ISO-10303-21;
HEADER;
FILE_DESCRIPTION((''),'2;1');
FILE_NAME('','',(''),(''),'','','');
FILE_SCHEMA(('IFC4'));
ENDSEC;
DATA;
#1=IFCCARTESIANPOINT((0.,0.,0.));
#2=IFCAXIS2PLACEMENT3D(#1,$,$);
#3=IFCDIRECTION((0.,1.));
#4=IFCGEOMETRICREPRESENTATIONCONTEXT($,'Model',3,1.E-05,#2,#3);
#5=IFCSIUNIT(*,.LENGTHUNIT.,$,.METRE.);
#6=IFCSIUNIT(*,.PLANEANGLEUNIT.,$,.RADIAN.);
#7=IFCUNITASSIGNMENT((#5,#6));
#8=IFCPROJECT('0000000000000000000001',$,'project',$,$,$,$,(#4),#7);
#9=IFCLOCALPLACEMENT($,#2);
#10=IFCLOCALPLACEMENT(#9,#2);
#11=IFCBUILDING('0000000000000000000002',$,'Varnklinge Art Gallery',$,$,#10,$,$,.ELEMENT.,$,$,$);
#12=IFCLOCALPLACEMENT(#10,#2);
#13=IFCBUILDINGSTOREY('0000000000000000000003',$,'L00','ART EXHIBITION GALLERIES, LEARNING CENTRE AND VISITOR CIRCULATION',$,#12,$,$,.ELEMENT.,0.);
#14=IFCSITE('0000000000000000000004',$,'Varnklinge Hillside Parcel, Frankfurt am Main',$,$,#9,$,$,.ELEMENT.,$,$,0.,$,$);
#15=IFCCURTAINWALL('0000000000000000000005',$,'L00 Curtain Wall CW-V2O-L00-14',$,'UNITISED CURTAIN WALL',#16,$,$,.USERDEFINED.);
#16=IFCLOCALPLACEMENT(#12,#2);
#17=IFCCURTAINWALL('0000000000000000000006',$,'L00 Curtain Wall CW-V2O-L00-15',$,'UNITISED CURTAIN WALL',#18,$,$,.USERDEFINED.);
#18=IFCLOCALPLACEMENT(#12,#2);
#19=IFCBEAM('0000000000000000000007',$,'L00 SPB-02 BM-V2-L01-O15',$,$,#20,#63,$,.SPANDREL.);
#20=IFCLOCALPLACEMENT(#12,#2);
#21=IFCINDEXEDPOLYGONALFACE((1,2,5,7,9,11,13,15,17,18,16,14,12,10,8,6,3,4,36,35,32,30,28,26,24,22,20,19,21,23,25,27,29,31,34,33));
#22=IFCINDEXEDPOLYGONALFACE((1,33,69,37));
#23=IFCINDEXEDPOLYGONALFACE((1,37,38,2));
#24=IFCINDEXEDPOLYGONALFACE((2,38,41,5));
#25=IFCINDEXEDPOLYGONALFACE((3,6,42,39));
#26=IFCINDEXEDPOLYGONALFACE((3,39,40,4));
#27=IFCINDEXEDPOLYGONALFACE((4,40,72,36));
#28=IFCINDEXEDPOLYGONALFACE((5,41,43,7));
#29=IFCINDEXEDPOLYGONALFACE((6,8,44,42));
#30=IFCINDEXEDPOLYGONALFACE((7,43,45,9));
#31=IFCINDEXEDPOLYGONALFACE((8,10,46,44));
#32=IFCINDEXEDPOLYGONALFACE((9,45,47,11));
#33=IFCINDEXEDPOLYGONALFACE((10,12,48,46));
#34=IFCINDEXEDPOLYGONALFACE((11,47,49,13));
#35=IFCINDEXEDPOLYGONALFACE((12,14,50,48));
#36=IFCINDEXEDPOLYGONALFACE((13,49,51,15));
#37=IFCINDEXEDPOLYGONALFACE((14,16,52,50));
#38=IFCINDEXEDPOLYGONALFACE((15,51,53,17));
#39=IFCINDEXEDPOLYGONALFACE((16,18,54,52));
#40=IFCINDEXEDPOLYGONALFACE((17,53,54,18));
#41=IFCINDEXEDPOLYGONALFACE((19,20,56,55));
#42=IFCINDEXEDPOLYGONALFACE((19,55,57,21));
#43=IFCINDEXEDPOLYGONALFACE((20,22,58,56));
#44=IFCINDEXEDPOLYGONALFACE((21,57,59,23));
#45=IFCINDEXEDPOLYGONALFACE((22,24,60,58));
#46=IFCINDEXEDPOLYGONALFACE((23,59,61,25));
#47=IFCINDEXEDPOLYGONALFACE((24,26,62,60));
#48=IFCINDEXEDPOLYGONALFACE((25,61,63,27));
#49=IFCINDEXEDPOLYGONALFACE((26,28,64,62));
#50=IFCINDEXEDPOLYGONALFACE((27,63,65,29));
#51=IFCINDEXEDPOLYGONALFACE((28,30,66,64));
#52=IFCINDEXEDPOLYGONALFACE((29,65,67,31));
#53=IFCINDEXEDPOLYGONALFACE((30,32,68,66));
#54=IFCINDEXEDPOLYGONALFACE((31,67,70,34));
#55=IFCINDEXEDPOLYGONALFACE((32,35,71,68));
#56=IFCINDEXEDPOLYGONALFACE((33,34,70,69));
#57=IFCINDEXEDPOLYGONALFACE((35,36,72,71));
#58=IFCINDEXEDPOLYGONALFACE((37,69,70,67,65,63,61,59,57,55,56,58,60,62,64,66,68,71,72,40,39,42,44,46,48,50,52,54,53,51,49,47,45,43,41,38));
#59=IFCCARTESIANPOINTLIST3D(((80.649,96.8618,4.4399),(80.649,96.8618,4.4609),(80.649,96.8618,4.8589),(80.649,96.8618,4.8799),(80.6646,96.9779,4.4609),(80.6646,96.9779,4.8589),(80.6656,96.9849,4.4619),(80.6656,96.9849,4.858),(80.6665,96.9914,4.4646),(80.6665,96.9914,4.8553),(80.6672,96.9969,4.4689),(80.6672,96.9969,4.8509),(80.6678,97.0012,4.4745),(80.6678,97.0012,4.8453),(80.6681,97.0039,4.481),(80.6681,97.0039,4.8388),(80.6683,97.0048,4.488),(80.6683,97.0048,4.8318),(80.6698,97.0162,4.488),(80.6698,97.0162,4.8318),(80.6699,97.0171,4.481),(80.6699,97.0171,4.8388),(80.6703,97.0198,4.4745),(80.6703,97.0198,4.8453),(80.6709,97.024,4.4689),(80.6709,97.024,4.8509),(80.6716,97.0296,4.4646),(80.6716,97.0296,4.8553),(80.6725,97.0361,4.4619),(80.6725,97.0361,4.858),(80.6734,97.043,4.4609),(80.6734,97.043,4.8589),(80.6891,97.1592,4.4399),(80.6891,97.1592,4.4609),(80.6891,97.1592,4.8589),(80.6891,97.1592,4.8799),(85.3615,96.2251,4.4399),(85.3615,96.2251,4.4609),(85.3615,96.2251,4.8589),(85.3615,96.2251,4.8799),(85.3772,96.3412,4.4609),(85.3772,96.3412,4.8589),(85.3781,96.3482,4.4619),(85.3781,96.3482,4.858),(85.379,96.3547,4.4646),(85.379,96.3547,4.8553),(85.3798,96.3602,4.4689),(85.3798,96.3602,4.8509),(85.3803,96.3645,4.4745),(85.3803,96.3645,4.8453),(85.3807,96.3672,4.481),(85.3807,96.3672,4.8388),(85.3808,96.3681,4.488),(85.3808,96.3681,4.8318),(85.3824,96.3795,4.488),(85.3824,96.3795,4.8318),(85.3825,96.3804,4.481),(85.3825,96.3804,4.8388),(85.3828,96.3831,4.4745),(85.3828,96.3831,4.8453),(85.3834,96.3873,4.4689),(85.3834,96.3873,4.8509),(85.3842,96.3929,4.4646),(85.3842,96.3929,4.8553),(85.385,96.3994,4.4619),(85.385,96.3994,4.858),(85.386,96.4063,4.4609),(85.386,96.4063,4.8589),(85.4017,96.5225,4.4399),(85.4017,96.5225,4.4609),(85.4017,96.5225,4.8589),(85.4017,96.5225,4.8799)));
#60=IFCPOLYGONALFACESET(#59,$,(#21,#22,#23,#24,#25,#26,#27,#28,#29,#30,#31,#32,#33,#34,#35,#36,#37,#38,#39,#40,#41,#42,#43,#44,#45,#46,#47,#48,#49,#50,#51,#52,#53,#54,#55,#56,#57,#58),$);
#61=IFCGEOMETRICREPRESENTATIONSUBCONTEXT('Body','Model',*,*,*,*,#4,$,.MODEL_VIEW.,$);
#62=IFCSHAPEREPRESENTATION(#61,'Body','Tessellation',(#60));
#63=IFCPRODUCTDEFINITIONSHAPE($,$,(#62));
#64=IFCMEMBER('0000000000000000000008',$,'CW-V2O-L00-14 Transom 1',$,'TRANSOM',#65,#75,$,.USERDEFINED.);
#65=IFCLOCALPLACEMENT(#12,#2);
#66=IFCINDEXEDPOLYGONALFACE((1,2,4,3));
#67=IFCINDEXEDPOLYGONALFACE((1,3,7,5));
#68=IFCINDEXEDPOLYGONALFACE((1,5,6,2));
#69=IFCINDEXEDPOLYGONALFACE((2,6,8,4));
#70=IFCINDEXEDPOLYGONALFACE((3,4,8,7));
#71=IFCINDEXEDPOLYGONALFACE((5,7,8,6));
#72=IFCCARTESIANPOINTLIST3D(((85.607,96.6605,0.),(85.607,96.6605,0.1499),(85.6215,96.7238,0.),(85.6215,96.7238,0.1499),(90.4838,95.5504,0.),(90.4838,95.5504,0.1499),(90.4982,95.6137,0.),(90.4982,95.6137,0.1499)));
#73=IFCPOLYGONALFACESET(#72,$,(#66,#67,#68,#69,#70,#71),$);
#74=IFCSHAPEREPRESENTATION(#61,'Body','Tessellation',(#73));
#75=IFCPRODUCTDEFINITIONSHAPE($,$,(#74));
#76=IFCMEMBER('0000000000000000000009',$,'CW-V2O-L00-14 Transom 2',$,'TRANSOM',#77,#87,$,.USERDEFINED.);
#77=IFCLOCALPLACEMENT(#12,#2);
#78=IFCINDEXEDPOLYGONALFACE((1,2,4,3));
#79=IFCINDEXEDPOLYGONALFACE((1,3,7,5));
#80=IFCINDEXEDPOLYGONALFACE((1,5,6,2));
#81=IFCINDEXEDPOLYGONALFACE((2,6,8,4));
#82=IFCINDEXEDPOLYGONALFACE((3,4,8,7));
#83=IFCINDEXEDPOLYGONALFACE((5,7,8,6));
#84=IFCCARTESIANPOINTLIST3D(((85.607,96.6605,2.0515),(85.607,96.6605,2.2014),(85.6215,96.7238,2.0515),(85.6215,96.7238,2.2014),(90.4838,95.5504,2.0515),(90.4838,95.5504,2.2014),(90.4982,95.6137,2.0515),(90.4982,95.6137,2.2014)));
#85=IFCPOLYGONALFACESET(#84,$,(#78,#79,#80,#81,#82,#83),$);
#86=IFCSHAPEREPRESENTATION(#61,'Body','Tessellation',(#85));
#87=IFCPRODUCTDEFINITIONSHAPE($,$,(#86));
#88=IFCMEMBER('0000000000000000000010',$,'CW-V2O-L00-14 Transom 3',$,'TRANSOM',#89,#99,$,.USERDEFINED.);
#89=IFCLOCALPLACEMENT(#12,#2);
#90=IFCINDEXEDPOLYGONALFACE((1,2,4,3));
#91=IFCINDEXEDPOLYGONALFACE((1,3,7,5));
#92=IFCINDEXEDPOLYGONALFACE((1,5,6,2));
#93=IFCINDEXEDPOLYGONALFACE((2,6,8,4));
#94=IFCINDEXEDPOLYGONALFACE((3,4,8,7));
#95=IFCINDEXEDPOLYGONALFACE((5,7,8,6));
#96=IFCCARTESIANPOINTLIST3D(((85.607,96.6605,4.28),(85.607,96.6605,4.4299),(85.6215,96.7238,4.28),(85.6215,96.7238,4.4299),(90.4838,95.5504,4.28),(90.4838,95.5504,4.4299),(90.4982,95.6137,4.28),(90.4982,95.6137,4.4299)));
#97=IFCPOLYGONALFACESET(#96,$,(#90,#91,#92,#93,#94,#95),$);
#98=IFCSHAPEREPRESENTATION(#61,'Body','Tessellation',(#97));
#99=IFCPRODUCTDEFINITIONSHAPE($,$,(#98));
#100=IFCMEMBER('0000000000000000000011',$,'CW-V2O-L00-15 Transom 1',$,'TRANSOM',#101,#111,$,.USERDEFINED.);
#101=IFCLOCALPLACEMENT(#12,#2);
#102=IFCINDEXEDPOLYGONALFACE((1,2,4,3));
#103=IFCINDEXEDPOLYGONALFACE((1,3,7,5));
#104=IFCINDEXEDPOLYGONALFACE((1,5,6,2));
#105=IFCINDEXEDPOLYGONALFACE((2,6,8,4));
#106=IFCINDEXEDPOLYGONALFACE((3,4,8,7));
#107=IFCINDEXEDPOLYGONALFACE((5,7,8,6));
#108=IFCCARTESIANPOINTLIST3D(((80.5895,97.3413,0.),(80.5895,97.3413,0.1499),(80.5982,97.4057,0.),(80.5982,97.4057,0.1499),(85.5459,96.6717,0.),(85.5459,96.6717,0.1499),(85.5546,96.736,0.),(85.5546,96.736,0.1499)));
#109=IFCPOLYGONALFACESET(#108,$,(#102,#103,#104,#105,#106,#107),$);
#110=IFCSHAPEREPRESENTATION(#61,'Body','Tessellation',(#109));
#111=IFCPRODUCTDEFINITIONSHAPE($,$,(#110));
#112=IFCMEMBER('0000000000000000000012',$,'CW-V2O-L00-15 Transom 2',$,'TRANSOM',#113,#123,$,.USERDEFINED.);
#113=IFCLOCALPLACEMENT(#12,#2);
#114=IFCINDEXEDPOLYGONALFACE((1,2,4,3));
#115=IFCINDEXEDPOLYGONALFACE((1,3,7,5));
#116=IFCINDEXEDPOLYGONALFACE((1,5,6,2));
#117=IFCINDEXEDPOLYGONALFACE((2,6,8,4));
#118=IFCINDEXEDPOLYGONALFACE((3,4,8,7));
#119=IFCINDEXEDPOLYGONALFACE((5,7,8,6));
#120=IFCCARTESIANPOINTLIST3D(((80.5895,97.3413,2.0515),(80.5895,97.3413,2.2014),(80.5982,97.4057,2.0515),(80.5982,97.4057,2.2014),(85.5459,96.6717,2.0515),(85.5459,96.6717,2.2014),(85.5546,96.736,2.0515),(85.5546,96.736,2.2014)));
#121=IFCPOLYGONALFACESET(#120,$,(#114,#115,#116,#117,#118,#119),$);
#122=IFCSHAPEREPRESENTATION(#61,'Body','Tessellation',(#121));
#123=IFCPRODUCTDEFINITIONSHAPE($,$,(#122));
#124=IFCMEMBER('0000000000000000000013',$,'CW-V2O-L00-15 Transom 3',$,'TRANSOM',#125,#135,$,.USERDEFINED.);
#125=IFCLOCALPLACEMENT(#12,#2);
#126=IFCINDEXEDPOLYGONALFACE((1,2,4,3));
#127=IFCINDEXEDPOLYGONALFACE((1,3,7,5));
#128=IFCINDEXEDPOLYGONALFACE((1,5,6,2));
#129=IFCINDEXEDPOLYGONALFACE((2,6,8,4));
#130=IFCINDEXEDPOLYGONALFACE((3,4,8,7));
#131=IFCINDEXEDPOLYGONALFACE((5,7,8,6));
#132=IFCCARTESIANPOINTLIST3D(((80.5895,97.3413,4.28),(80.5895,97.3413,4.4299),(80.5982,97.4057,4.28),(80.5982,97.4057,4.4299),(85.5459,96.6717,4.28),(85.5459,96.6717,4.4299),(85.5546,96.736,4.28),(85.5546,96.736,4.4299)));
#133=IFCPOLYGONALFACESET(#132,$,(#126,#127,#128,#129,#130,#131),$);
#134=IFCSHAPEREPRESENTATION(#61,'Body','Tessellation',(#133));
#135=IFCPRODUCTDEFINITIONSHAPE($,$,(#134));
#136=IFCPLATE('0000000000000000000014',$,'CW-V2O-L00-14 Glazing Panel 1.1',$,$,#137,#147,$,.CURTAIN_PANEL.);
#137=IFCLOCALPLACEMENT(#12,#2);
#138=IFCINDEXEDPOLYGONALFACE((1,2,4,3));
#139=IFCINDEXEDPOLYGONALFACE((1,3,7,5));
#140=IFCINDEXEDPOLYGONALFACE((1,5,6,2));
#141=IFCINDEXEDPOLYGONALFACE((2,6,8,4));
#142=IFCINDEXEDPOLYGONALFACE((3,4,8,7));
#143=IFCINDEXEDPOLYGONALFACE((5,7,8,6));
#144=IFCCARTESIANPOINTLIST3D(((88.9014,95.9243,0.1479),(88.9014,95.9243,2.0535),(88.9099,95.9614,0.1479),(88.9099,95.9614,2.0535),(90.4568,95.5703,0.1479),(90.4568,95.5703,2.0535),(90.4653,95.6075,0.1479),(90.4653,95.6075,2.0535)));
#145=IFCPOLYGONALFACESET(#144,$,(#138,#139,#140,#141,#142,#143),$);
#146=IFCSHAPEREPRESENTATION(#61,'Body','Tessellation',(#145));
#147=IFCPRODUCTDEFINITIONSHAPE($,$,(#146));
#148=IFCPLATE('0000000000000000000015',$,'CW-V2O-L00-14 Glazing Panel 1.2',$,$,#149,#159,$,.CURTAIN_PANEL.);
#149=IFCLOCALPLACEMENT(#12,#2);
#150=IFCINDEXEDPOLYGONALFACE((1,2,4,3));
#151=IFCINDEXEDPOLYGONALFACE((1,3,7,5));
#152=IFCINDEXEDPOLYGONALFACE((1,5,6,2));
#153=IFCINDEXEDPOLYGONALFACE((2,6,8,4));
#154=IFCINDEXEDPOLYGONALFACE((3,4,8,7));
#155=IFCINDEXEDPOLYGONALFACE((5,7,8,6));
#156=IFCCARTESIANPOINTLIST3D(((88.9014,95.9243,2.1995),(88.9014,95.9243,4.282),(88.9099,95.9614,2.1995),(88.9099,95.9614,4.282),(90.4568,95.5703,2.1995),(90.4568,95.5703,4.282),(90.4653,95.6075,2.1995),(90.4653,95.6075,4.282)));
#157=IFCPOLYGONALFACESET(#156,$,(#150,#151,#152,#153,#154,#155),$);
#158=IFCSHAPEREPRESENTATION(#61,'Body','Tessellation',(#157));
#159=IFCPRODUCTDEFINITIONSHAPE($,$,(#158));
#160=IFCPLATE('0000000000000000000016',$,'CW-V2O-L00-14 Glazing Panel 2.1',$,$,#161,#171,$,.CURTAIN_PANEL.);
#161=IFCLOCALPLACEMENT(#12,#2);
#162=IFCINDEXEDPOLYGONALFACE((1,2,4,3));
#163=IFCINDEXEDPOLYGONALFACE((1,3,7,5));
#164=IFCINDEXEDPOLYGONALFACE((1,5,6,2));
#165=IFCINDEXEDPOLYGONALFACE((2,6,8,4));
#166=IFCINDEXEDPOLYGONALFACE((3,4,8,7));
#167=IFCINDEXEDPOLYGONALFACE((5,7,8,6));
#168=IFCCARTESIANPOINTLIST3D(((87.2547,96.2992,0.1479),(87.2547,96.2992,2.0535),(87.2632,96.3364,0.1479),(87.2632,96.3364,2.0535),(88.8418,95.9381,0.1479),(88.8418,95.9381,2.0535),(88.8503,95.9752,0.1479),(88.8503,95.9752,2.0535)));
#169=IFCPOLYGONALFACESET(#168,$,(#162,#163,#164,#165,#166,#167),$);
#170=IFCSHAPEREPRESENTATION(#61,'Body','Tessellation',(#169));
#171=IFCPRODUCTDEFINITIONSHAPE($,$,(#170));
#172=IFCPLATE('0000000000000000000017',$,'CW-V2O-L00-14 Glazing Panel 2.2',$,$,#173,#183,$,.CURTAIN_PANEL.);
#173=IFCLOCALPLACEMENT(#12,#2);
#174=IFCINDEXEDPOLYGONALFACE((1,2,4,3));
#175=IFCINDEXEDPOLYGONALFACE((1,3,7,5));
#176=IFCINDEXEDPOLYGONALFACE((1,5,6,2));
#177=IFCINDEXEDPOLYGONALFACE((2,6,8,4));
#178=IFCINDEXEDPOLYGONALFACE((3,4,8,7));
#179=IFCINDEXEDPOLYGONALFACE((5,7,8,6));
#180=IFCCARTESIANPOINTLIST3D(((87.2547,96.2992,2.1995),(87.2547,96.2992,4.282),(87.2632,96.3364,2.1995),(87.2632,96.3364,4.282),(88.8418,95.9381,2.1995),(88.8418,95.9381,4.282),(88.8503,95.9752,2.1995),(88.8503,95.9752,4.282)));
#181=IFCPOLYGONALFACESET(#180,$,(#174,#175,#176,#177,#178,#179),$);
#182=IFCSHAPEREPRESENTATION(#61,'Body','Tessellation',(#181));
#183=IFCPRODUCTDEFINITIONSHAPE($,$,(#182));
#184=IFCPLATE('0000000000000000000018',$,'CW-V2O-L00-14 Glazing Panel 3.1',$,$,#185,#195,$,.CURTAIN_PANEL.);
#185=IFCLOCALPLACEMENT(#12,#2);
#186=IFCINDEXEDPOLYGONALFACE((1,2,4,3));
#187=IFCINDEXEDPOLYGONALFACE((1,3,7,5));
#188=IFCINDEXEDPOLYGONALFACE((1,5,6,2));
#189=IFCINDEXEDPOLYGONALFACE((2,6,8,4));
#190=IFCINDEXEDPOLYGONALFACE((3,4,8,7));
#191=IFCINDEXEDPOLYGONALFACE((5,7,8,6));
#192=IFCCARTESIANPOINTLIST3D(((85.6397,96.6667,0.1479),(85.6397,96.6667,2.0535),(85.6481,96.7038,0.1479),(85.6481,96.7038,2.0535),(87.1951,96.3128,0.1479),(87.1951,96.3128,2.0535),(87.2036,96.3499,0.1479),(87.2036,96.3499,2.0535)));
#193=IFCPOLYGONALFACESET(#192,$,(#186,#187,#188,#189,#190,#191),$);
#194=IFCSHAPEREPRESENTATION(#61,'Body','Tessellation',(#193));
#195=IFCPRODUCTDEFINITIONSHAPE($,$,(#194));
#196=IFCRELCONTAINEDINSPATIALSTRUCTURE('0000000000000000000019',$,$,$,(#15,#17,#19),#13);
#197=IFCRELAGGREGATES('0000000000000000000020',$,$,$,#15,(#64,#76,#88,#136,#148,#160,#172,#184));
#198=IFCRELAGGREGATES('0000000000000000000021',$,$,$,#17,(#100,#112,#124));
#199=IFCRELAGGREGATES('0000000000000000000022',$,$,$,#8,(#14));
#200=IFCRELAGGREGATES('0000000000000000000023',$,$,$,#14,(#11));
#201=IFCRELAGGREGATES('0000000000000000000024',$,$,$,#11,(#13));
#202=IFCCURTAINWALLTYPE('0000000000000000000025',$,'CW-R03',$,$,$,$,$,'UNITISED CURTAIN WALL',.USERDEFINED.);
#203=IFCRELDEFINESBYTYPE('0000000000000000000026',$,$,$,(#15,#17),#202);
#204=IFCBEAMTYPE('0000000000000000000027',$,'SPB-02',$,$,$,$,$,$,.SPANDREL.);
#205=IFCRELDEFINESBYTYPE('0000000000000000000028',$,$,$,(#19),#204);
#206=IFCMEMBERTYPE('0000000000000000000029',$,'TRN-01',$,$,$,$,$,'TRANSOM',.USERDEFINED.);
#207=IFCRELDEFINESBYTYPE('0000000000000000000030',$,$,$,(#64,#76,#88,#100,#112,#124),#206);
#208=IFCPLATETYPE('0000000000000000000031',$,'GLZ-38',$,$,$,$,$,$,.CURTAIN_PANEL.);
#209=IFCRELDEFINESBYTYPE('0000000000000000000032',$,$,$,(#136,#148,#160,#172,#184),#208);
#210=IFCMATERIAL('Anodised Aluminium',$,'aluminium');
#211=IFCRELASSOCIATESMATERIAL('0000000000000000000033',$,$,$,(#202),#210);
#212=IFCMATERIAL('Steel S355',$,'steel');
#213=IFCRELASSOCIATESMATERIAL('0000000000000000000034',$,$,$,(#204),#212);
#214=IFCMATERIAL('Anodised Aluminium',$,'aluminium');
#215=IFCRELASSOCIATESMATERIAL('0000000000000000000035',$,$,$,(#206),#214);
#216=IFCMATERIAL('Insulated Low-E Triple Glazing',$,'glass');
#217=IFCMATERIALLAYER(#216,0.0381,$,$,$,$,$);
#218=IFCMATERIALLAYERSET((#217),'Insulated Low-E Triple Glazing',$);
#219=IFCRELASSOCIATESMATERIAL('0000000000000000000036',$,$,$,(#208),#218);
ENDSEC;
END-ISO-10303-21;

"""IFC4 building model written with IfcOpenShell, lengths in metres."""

from ifc_helpers import new_model, si_unit, direction, frame, origin, origin_2d, place, context, subcontext, project, spatial, rectangle, i_section, extrude, material, layer, layer_set, material_profile, profile_set, type_object, element, aggregate, save


model = new_model("IFC4")

# Units and contexts
model_context = context("Model", 3, precision=1e-05, world=origin(), true_north=direction((0.0, 1.0)))
body_context = subcontext(model_context, "Body", "Model", "MODEL_VIEW")
ifc_project = project(units=[si_unit("LENGTHUNIT", "METRE"), si_unit("PLANEANGLEUNIT", "RADIAN")], contexts=[model_context])

# Site, building, storey
site_placement = place(None, origin())
site = spatial("IfcSite", under=ifc_project, at=site_placement, Name="Varnklinge Hillside Parcel, Frankfurt am Main", CompositionType="ELEMENT", RefElevation=0.0)
building_placement = place(site_placement, origin())
building = spatial("IfcBuilding", under=site, at=building_placement, Name="Varnklinge Art Gallery", CompositionType="ELEMENT")
storey_placement = place(building_placement, origin())
storey = spatial("IfcBuildingStorey", under=building, at=storey_placement, Name="L00", Description="ART EXHIBITION GALLERIES, LEARNING CENTRE AND VISITOR CIRCULATION", CompositionType="ELEMENT", Elevation=0.0)

# Curtain wall
ifc_material_1 = material(Name="Anodised Aluminium", Category="aluminium")
curtain_wall_type_1 = type_object("IfcCurtainWallType", Name="CW-R03", ElementType="UNITISED CURTAIN WALL", PredefinedType="USERDEFINED", material=ifc_material_1)
curtain_wall_1_placement = place(storey_placement, origin())
curtain_wall_1 = element("IfcCurtainWall", 1, at=curtain_wall_1_placement, inside=storey, type_object=curtain_wall_type_1, Name="L00 Curtain Wall CW-V2O-L00-14", ObjectType="UNITISED CURTAIN WALL", PredefinedType="USERDEFINED")

# Curtain wall
curtain_wall_2_placement = place(storey_placement, origin())
curtain_wall_2 = element("IfcCurtainWall", 2, at=curtain_wall_2_placement, inside=storey, type_object=curtain_wall_type_1, Name="L00 Curtain Wall CW-V2O-L00-15", ObjectType="UNITISED CURTAIN WALL", PredefinedType="USERDEFINED")

# Beam
ifc_material_2 = material(Name="Steel S355", Category="steel")
ifc_material_profile_1 = material_profile(ifc_material_2, i_section(OverallWidth=0.3, OverallDepth=0.4399, WebThickness=0.0115, FlangeThickness=0.021, FilletRadius=0.0271, at=origin_2d()), Name="HEA 450")
ifc_profile_set_1 = profile_set([ifc_material_profile_1], Name="Steel S355")
beam_type_1 = type_object("IfcBeamType", Name="SPB-02", PredefinedType="SPANDREL", material=ifc_profile_set_1)
beam_1_placement = place(storey_placement, frame((85.3816, 96.3738, 4.6599), z_axis=(-0.990996, 0.133892, 0.0), x_axis=(-0.133892, -0.990996, 0.0)))
element("IfcBeam", 3, at=beam_1_placement, inside=storey, type_object=beam_type_1, Name="L00 SPB-02 BM-V2-L01-O15", PredefinedType="SPANDREL", context=body_context, shape_type="SweptSolid", body=[
    extrude(i_section(OverallWidth=0.3, OverallDepth=0.4399, WebThickness=0.0115, FlangeThickness=0.021, FilletRadius=0.0271, at=origin_2d()), origin(), (0.0, 0.0, 1.0), 4.7554),
])

# Members
ifc_material_3 = material(Name="Anodised Aluminium", Category="aluminium")
ifc_material_profile_2 = material_profile(ifc_material_3, rectangle(XDim=0.0649, YDim=0.1499, at=origin_2d()), Name="ALU 65x150")
ifc_profile_set_2 = profile_set([ifc_material_profile_2], Name="Anodised Aluminium")
member_type_1 = type_object("IfcMemberType", Name="TRN-01", ElementType="TRANSOM", PredefinedType="USERDEFINED", material=ifc_profile_set_2)
member_1_placement = place(storey_placement, frame((90.491, 95.582, 0.075), z_axis=(-0.975057, 0.221957, 0.0), x_axis=(-0.221957, -0.975057, 0.0)))
member_1 = element("IfcMember", 4, at=member_1_placement, type_object=member_type_1, Name="CW-V2O-L00-14 Transom 1", ObjectType="TRANSOM", PredefinedType="USERDEFINED", context=body_context, shape_type="SweptSolid", body=[
    extrude(rectangle(XDim=0.0649, YDim=0.1499, at=origin_2d()), origin(), (0.0, 0.0, 1.0), 5.0015),
])
member_2_placement = place(storey_placement, frame((90.491, 95.582, 2.1265), z_axis=(-0.975057, 0.221957, 0.0), x_axis=(-0.221957, -0.975057, 0.0)))
member_2 = element("IfcMember", 5, at=member_2_placement, type_object=member_type_1, Name="CW-V2O-L00-14 Transom 2", ObjectType="TRANSOM", PredefinedType="USERDEFINED", context=body_context, shape_type="SweptSolid", body=[
    extrude(rectangle(XDim=0.0649, YDim=0.1499, at=origin_2d()), origin(), (0.0, 0.0, 1.0), 5.0015),
])
member_3_placement = place(storey_placement, frame((90.491, 95.582, 4.355), z_axis=(-0.975057, 0.221957, 0.0), x_axis=(-0.221957, -0.975057, 0.0)))
member_3 = element("IfcMember", 6, at=member_3_placement, type_object=member_type_1, Name="CW-V2O-L00-14 Transom 3", ObjectType="TRANSOM", PredefinedType="USERDEFINED", context=body_context, shape_type="SweptSolid", body=[
    extrude(rectangle(XDim=0.0649, YDim=0.1499, at=origin_2d()), origin(), (0.0, 0.0, 1.0), 5.0015),
])
member_4_placement = place(storey_placement, frame((85.5503, 96.7039, 0.075), z_axis=(-0.990996, 0.133893, 0.0), x_axis=(-0.133893, -0.990996, 0.0)))
member_4 = element("IfcMember", 7, at=member_4_placement, type_object=member_type_1, Name="CW-V2O-L00-15 Transom 1", ObjectType="TRANSOM", PredefinedType="USERDEFINED", context=body_context, shape_type="SweptSolid", body=[
    extrude(rectangle(XDim=0.0649, YDim=0.1499, at=origin_2d()), origin(), (0.0, 0.0, 1.0), 5.0015),
])
member_5_placement = place(storey_placement, frame((85.5503, 96.7039, 2.1265), z_axis=(-0.990996, 0.133893, 0.0), x_axis=(-0.133893, -0.990996, 0.0)))
member_5 = element("IfcMember", 8, at=member_5_placement, type_object=member_type_1, Name="CW-V2O-L00-15 Transom 2", ObjectType="TRANSOM", PredefinedType="USERDEFINED", context=body_context, shape_type="SweptSolid", body=[
    extrude(rectangle(XDim=0.0649, YDim=0.1499, at=origin_2d()), origin(), (0.0, 0.0, 1.0), 5.0015),
])
member_6_placement = place(storey_placement, frame((85.5503, 96.7039, 4.355), z_axis=(-0.990996, 0.133893, 0.0), x_axis=(-0.133893, -0.990996, 0.0)))
member_6 = element("IfcMember", 9, at=member_6_placement, type_object=member_type_1, Name="CW-V2O-L00-15 Transom 3", ObjectType="TRANSOM", PredefinedType="USERDEFINED", context=body_context, shape_type="SweptSolid", body=[
    extrude(rectangle(XDim=0.0649, YDim=0.1499, at=origin_2d()), origin(), (0.0, 0.0, 1.0), 5.0015),
])

# Plates
ifc_material_4 = material(Name="Insulated Low-E Triple Glazing", Category="glass")
ifc_layer = layer(ifc_material_4, 0.0381)
ifc_layer_set = layer_set([ifc_layer], Name="Insulated Low-E Triple Glazing")
plate_type = type_object("IfcPlateType", Name="GLZ-38", PredefinedType="CURTAIN_PANEL", material=ifc_layer_set)
plate_1_placement = place(storey_placement, frame((89.6833, 95.7659, 0.1479), z_axis=(0.0, 0.0, 1.0), x_axis=(-0.975072, 0.221889, 0.0)))
plate_1 = element("IfcPlate", 10, at=plate_1_placement, type_object=plate_type, Name="CW-V2O-L00-14 Glazing Panel 1.1", PredefinedType="CURTAIN_PANEL", context=body_context, shape_type="SweptSolid", body=[
    extrude(rectangle(XDim=1.5952, YDim=0.0381, at=origin_2d()), origin(), (0.0, 0.0, 1.0), 1.9055),
])
plate_2_placement = place(storey_placement, frame((89.6833, 95.7659, 2.1995), z_axis=(0.0, 0.0, 1.0), x_axis=(-0.975072, 0.221889, 0.0)))
plate_2 = element("IfcPlate", 11, at=plate_2_placement, type_object=plate_type, Name="CW-V2O-L00-14 Glazing Panel 1.2", PredefinedType="CURTAIN_PANEL", context=body_context, shape_type="SweptSolid", body=[
    extrude(rectangle(XDim=1.5952, YDim=0.0381, at=origin_2d()), origin(), (0.0, 0.0, 1.0), 2.0825),
])
plate_3_placement = place(storey_placement, frame((88.0525, 96.1372, 0.1479), z_axis=(0.0, 0.0, 1.0), x_axis=(-0.975072, 0.221889, 0.0)))
plate_3 = element("IfcPlate", 12, at=plate_3_placement, type_object=plate_type, Name="CW-V2O-L00-14 Glazing Panel 2.1", PredefinedType="CURTAIN_PANEL", context=body_context, shape_type="SweptSolid", body=[
    extrude(rectangle(XDim=1.6277, YDim=0.0381, at=origin_2d()), origin(), (0.0, 0.0, 1.0), 1.9055),
])
plate_4_placement = place(storey_placement, frame((88.0525, 96.1372, 2.1995), z_axis=(0.0, 0.0, 1.0), x_axis=(-0.975072, 0.221889, 0.0)))
plate_4 = element("IfcPlate", 13, at=plate_4_placement, type_object=plate_type, Name="CW-V2O-L00-14 Glazing Panel 2.2", PredefinedType="CURTAIN_PANEL", context=body_context, shape_type="SweptSolid", body=[
    extrude(rectangle(XDim=1.6277, YDim=0.0381, at=origin_2d()), origin(), (0.0, 0.0, 1.0), 2.0825),
])
plate_5_placement = place(storey_placement, frame((86.4216, 96.5083, 0.1479), z_axis=(0.0, 0.0, 1.0), x_axis=(-0.975072, 0.221889, 0.0)))
plate_5 = element("IfcPlate", 14, at=plate_5_placement, type_object=plate_type, Name="CW-V2O-L00-14 Glazing Panel 3.1", PredefinedType="CURTAIN_PANEL", context=body_context, shape_type="SweptSolid", body=[
    extrude(rectangle(XDim=1.5952, YDim=0.0381, at=origin_2d()), origin(), (0.0, 0.0, 1.0), 1.9055),
])
aggregate(curtain_wall_1, [member_1, member_2, member_3, plate_1, plate_2, plate_3, plate_4, plate_5])
aggregate(curtain_wall_2, [member_4, member_5, member_6])

save(model, "model.ifc")
